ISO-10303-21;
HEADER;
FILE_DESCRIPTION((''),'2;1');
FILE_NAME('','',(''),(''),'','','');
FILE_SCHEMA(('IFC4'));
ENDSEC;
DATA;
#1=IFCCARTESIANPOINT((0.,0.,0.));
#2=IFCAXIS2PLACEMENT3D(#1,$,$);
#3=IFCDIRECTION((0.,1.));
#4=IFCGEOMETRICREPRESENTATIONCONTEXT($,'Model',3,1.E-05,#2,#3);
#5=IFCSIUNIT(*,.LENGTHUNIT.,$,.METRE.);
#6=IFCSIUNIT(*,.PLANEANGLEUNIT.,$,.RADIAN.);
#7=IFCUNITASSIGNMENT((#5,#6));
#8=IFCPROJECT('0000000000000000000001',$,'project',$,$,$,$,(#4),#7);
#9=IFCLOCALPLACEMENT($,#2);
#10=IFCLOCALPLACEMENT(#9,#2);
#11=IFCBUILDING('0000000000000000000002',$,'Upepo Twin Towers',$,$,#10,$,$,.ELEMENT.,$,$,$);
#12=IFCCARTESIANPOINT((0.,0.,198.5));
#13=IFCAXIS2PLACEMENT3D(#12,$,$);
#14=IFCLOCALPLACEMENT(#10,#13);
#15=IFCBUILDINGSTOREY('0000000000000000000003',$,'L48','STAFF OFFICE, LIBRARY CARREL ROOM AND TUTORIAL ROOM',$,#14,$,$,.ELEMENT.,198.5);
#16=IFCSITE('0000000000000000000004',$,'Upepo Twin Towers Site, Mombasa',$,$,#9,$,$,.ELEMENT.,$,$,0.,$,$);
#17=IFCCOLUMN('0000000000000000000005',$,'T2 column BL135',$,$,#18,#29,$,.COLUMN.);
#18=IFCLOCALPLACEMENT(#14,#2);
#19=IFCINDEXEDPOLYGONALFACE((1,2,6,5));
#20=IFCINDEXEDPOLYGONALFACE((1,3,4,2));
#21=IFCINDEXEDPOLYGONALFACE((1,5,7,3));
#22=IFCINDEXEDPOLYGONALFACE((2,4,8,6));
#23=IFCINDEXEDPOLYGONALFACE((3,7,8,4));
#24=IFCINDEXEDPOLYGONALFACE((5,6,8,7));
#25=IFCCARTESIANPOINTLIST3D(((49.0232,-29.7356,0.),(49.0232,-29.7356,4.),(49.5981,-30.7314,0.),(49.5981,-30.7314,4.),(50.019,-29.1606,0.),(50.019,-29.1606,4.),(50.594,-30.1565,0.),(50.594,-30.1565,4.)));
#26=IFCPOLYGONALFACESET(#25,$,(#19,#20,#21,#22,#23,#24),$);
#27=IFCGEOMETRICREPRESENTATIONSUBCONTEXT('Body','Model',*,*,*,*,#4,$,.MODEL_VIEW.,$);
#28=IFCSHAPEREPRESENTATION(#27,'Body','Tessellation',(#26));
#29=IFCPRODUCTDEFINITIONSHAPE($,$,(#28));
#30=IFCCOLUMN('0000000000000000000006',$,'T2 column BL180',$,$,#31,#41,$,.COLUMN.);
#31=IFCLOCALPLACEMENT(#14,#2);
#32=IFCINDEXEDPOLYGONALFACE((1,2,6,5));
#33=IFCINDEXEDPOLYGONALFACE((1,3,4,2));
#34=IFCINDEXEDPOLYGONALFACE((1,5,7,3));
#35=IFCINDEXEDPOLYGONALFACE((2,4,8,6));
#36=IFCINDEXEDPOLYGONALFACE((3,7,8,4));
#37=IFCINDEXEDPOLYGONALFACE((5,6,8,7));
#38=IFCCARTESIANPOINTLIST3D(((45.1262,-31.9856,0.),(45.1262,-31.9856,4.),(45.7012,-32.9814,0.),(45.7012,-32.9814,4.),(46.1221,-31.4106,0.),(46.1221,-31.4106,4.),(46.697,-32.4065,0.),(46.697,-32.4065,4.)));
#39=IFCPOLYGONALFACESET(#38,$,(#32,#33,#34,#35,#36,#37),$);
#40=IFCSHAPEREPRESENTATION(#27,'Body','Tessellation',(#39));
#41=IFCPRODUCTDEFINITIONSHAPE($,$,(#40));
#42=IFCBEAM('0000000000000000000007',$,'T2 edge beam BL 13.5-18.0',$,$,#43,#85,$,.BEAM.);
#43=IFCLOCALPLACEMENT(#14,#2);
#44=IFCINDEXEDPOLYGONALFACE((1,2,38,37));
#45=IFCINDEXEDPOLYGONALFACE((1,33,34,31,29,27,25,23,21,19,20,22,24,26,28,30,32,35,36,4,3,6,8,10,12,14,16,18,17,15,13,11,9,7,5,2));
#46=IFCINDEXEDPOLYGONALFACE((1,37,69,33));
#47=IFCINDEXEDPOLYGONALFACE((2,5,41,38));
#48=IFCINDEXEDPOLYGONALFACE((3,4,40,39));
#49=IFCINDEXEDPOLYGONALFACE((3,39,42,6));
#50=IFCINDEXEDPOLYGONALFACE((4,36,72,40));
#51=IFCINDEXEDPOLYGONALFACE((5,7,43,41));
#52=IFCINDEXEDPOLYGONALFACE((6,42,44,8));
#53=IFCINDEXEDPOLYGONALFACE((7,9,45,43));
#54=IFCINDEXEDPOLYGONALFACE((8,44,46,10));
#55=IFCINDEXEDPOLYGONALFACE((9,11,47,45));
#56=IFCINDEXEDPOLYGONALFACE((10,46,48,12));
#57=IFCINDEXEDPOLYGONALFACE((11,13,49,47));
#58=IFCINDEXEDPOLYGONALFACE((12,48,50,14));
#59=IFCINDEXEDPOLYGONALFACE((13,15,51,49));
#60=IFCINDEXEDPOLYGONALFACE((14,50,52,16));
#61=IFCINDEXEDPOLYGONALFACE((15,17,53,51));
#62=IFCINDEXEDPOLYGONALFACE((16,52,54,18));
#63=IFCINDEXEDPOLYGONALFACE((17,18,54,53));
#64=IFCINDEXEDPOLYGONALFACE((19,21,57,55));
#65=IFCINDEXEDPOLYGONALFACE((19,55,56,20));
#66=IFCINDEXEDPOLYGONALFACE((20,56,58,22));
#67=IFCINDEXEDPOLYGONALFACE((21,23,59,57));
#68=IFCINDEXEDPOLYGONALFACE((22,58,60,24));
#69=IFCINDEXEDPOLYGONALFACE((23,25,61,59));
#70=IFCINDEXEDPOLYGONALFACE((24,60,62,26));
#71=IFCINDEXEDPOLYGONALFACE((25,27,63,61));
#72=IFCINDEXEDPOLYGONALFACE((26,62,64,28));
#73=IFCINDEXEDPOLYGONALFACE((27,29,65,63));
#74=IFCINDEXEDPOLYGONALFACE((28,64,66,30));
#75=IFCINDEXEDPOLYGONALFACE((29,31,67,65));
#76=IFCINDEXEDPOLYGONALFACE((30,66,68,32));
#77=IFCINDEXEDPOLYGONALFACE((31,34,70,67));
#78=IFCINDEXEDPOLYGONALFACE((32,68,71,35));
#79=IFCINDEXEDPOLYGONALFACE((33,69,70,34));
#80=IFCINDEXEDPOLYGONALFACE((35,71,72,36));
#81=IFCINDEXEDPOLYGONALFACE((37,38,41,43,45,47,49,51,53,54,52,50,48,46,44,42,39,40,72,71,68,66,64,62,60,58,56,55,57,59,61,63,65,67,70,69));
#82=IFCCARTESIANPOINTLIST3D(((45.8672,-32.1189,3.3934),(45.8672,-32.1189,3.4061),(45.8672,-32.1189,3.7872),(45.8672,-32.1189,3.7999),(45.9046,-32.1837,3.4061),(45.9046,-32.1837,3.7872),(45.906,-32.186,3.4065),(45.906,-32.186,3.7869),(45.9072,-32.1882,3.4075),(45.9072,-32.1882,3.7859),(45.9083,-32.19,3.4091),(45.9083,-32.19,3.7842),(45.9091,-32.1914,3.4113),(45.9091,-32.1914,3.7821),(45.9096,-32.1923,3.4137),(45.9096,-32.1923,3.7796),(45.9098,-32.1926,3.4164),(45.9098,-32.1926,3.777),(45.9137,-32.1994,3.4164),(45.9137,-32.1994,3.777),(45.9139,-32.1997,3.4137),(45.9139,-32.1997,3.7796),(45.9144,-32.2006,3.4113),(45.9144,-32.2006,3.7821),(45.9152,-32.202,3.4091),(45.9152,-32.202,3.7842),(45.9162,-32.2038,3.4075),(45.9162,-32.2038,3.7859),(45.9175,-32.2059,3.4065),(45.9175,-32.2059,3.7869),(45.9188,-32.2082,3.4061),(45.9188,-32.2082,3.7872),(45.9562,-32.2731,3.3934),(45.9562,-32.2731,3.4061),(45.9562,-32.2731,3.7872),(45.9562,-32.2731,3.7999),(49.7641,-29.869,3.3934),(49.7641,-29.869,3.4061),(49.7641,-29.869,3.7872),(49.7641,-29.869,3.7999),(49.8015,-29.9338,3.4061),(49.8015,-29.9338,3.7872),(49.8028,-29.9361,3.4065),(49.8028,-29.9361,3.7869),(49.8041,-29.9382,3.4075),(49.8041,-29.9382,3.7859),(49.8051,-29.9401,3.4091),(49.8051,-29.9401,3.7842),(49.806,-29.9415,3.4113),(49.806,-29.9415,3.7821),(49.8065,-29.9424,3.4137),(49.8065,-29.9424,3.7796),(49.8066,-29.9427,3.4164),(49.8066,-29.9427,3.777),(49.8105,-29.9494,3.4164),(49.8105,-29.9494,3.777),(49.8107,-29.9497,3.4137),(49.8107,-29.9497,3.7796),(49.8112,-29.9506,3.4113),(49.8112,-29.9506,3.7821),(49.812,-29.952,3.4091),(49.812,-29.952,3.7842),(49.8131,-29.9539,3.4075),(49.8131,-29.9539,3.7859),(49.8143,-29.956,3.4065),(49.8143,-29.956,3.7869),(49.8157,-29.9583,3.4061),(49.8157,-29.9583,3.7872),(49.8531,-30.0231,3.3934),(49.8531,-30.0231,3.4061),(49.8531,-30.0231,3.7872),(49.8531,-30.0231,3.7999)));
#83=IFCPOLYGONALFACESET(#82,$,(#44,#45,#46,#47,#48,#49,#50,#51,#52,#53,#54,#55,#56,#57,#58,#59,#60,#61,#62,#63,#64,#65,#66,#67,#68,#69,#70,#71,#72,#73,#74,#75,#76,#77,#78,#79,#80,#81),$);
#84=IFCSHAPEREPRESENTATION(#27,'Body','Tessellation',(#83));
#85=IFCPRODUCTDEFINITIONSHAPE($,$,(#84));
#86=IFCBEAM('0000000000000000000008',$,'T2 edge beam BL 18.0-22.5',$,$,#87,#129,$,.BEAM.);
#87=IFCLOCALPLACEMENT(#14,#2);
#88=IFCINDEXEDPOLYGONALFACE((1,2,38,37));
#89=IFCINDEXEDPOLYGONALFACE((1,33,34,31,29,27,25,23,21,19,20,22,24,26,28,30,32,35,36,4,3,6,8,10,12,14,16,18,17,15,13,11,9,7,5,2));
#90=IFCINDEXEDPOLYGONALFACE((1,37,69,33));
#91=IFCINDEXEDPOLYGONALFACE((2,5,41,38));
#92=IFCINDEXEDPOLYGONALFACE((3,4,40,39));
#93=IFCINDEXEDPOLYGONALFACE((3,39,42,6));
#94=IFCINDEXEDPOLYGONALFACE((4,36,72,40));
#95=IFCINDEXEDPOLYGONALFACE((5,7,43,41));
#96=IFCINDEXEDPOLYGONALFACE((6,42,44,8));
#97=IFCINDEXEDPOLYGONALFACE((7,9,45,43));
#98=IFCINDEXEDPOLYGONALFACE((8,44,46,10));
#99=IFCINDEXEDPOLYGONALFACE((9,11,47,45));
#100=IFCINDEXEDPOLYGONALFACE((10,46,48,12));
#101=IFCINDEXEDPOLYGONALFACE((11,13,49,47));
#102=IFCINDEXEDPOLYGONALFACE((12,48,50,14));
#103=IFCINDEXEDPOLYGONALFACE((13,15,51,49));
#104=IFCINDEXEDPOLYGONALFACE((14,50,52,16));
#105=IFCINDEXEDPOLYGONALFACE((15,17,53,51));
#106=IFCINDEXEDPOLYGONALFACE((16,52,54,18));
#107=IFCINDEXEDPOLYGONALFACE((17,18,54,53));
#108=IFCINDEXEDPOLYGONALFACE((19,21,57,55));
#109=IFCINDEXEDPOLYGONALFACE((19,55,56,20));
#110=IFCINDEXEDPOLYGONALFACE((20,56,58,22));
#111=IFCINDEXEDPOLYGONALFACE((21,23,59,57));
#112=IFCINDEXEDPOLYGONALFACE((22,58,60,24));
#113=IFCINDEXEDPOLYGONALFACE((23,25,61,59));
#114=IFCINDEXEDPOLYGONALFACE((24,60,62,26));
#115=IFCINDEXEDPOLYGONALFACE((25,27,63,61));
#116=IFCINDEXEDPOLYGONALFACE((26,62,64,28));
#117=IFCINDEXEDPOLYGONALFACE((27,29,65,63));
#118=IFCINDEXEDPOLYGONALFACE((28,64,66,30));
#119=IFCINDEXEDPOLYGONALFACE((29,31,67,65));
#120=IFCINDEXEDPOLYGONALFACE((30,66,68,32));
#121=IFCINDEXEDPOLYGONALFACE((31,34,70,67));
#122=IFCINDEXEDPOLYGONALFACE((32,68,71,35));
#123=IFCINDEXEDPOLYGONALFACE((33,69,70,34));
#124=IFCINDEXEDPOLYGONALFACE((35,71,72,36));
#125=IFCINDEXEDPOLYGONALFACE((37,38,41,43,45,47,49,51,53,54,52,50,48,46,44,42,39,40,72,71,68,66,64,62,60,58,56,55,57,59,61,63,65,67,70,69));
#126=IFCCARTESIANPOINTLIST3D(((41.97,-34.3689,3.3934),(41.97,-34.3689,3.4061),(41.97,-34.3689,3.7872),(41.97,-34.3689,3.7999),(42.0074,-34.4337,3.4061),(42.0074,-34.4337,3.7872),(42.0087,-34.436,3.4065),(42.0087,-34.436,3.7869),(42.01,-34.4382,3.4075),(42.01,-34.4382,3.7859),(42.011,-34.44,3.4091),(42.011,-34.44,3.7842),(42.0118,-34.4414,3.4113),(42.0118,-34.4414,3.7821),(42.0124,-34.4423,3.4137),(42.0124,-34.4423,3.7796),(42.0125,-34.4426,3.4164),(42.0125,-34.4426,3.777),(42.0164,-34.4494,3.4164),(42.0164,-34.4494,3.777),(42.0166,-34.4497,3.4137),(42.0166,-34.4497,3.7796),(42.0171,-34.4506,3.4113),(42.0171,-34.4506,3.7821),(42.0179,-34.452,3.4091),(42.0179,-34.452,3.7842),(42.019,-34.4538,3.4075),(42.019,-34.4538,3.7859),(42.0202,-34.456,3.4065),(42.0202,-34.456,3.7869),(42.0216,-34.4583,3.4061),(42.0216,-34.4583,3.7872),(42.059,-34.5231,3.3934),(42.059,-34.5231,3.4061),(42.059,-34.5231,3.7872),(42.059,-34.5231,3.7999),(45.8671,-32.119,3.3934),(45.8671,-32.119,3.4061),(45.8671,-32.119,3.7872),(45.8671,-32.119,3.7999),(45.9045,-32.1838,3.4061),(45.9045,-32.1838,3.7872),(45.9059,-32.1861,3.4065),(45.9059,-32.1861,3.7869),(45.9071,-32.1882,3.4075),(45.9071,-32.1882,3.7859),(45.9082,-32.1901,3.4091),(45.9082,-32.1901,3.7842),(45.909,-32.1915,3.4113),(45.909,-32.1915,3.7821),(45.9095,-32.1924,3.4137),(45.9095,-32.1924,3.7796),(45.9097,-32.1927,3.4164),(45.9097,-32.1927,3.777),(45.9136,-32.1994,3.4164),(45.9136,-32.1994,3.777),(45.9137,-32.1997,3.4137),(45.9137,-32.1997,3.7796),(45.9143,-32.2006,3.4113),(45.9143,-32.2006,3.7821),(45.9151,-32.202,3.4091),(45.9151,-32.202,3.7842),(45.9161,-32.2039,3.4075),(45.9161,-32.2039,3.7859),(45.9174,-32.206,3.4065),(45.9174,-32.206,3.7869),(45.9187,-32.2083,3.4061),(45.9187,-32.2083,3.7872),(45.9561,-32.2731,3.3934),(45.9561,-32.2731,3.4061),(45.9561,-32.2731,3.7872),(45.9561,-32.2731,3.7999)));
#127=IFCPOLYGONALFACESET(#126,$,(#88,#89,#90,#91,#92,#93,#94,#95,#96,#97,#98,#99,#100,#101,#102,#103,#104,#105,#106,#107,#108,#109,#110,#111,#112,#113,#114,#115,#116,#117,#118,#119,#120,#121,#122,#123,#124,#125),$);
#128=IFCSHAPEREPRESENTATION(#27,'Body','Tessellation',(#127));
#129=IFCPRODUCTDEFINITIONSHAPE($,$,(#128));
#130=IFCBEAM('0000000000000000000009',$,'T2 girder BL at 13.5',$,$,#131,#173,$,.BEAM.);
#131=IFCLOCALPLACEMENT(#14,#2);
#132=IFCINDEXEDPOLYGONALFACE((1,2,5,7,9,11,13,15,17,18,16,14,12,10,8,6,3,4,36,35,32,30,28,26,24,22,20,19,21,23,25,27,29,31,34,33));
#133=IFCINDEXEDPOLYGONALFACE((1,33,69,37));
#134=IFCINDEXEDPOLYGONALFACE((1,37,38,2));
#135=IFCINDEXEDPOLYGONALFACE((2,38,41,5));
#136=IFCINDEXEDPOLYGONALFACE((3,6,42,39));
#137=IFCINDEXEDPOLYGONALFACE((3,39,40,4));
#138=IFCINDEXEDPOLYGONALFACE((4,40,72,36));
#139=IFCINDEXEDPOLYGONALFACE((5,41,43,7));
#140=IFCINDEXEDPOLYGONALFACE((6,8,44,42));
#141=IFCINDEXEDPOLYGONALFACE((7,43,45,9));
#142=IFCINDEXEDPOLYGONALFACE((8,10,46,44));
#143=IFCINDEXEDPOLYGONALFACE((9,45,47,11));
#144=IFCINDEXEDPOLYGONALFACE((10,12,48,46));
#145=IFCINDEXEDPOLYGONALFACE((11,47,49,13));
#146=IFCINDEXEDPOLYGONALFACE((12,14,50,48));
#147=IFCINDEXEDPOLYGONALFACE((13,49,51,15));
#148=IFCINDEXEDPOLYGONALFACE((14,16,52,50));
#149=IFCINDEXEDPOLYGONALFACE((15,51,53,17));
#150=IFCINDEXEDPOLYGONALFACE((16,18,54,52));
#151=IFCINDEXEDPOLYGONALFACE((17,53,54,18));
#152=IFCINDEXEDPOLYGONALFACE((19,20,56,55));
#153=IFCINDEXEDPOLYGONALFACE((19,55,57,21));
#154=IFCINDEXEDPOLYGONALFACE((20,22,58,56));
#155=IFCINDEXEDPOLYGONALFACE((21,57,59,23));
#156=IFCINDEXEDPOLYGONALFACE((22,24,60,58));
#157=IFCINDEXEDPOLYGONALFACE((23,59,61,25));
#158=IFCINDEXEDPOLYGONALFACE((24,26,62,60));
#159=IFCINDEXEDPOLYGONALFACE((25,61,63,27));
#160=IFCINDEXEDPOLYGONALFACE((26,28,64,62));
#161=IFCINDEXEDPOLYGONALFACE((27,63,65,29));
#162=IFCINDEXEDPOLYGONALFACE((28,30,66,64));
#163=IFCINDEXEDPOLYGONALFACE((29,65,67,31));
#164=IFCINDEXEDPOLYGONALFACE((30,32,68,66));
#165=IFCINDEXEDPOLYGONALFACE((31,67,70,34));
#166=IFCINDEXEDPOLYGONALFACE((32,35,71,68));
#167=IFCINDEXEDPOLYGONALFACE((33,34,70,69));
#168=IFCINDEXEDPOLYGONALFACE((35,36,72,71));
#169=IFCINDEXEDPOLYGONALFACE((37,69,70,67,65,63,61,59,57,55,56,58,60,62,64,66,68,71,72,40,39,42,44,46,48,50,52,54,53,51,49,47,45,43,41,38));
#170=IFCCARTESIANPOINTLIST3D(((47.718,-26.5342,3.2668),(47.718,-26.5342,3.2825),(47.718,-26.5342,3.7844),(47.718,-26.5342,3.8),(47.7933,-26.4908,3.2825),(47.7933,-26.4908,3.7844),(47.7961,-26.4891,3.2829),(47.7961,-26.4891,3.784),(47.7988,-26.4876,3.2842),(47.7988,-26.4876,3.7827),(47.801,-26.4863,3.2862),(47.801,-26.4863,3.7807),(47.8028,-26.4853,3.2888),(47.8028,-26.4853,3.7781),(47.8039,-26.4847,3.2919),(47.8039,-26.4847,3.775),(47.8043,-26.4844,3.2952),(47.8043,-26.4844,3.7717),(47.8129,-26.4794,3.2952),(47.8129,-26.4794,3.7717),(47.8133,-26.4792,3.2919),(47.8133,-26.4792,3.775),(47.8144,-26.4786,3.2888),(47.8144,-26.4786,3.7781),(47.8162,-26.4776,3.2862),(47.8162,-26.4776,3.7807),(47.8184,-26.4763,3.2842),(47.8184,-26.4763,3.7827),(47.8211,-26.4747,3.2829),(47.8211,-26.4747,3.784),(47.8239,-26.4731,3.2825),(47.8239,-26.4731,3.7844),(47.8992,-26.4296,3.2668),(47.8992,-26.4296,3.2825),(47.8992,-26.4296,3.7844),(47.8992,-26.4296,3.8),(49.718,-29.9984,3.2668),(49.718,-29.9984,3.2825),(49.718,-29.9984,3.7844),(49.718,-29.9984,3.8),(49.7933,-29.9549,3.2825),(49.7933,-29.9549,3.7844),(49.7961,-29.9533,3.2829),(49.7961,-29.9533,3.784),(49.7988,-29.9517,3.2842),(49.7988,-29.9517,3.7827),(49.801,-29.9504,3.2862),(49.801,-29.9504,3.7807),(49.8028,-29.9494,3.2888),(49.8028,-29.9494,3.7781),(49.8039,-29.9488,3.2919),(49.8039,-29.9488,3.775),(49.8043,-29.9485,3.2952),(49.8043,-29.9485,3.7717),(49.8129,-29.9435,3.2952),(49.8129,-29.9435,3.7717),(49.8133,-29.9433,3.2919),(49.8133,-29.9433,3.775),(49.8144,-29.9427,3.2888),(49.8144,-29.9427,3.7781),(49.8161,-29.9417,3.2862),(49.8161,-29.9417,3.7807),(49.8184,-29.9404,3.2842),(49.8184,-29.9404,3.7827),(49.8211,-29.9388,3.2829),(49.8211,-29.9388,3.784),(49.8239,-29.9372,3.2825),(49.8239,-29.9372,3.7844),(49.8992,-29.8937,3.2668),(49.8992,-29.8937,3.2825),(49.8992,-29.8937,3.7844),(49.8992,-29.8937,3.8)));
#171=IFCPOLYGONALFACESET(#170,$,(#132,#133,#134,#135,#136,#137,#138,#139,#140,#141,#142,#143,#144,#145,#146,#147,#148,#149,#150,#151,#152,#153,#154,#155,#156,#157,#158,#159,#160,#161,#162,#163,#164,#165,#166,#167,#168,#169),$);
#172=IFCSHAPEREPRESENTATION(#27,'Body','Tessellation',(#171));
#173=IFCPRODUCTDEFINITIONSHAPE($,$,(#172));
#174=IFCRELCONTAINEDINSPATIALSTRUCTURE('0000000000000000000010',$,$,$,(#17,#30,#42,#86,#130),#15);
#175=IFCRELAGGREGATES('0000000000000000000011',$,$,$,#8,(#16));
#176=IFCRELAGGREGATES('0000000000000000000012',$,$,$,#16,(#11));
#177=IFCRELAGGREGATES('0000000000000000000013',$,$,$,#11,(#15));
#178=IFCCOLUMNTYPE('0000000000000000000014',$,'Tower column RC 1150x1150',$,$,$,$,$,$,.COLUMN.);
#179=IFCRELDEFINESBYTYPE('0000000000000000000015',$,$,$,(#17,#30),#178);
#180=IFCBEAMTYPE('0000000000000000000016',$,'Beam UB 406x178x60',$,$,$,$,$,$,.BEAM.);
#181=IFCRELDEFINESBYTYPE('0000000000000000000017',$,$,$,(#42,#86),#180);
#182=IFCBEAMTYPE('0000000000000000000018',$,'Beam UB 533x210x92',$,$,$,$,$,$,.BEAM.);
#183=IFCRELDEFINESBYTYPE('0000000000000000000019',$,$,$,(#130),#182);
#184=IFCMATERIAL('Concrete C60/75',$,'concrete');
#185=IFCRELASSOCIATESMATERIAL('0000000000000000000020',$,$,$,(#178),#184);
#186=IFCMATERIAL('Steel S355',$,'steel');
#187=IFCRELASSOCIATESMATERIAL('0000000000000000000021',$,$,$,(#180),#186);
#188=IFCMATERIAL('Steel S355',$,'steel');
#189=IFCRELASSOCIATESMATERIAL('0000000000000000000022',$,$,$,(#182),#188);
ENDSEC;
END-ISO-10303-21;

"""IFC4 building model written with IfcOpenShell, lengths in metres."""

from ifc_helpers import new_model, si_unit, direction, frame, origin, origin_2d, place, context, subcontext, project, spatial, rectangle, i_section, extrude, material, material_profile, profile_set, type_object, element, save


model = new_model("IFC4")

# Units and contexts
model_context = context("Model", 3, precision=1e-05, world=origin(), true_north=direction((0.0, 1.0)))
body_context = subcontext(model_context, "Body", "Model", "MODEL_VIEW")
ifc_project = project(units=[si_unit("LENGTHUNIT", "METRE"), si_unit("PLANEANGLEUNIT", "RADIAN")], contexts=[model_context])

# Site, building, storey
site_placement = place(None, origin())
site = spatial("IfcSite", under=ifc_project, at=site_placement, Name="Upepo Twin Towers Site, Mombasa", CompositionType="ELEMENT", RefElevation=0.0)
building_placement = place(site_placement, origin())
building = spatial("IfcBuilding", under=site, at=building_placement, Name="Upepo Twin Towers", CompositionType="ELEMENT")
storey_placement = place(building_placement, frame((0.0, 0.0, 198.5)))
storey = spatial("IfcBuildingStorey", under=building, at=storey_placement, Name="L48", Description="STAFF OFFICE, LIBRARY CARREL ROOM AND TUTORIAL ROOM", CompositionType="ELEMENT", Elevation=198.5)

# Columns
ifc_material_1 = material(Name="Concrete C60/75", Category="concrete")
ifc_material_profile_1 = material_profile(ifc_material_1, rectangle(XDim=1.1499, YDim=1.1499, at=origin_2d()), Name="RC 1150x1150")
ifc_profile_set_1 = profile_set([ifc_material_profile_1], Name="Concrete C60/75")
column_type = type_object("IfcColumnType", Name="Tower column RC 1150x1150", PredefinedType="COLUMN", material=ifc_profile_set_1)
for number, where, z_axis, x_axis, name in (
    (1, (49.8086, -29.946, 0.0), (0.0, 0.0, 1.0), (0.866025, 0.5, 0.0), "T2 column BL135"),
    (2, (45.9116, -32.196, 0.0), (0.0, 0.0, 1.0), (0.866025, 0.5, 0.0), "T2 column BL180"),
):
    element("IfcColumn", number, at=place(storey_placement, frame(where, z_axis=z_axis, x_axis=x_axis)), inside=storey, type_object=column_type, Name=name, PredefinedType="COLUMN", context=body_context, shape_type="SweptSolid", body=[
        extrude(rectangle(XDim=1.1499, YDim=1.1499, at=origin_2d()), origin(), (0.0, 0.0, 1.0), 4.0),
    ])

# Beams
ifc_material_2 = material(Name="Steel S355", Category="steel")
ifc_material_profile_2 = material_profile(ifc_material_2, i_section(OverallWidth=0.178, OverallDepth=0.4065, WebThickness=0.0078, FlangeThickness=0.0127, FilletRadius=0.0103, at=origin_2d()), Name="UB 406x178x60")
ifc_profile_set_2 = profile_set([ifc_material_profile_2], Name="Steel S355")
beam_type_1 = type_object("IfcBeamType", Name="Beam UB 406x178x60", PredefinedType="BEAM", material=ifc_profile_set_2)
beam_1_placement = place(storey_placement, frame((49.8086, -29.946, 3.5967), z_axis=(-0.866018, -0.500014, 0.0), x_axis=(0.500014, -0.866018, 0.0)))
element("IfcBeam", 3, at=beam_1_placement, inside=storey, type_object=beam_type_1, Name="T2 edge beam BL 13.5-18.0", PredefinedType="BEAM", context=body_context, shape_type="SweptSolid", body=[
    extrude(i_section(OverallWidth=0.178, OverallDepth=0.4065, WebThickness=0.0078, FlangeThickness=0.0127, FilletRadius=0.0103, at=origin_2d()), origin(), (0.0, 0.0, 1.0), 4.4998),
])
beam_2_placement = place(storey_placement, frame((45.9116, -32.196, 3.5967), z_axis=(-0.866031, -0.49999, 0.0), x_axis=(0.49999, -0.866031, 0.0)))
element("IfcBeam", 4, at=beam_2_placement, inside=storey, type_object=beam_type_1, Name="T2 edge beam BL 18.0-22.5", PredefinedType="BEAM", context=body_context, shape_type="SweptSolid", body=[
    extrude(i_section(OverallWidth=0.178, OverallDepth=0.4065, WebThickness=0.0078, FlangeThickness=0.0127, FilletRadius=0.0103, at=origin_2d()), origin(), (0.0, 0.0, 1.0), 4.5),
])
ifc_material_3 = material(Name="Steel S355", Category="steel")
ifc_material_profile_3 = material_profile(ifc_material_3, i_section(OverallWidth=0.2092, OverallDepth=0.5332, WebThickness=0.01, FlangeThickness=0.0156, FilletRadius=0.0127, at=origin_2d()), Name="UB 533x210x92")
ifc_profile_set_3 = profile_set([ifc_material_profile_3], Name="Steel S355")
beam_type_2 = type_object("IfcBeamType", Name="Beam UB 533x210x92", PredefinedType="BEAM", material=ifc_profile_set_3)
for number, where, z_axis, x_axis, name in (
    (5, (49.8086, -29.946, 3.5334), (-0.499999, 0.866026, 0.0), (-0.866026, -0.499999, 0.0), "T2 girder BL at 13.5"),
):
    element("IfcBeam", number, at=place(storey_placement, frame(where, z_axis=z_axis, x_axis=x_axis)), inside=storey, type_object=beam_type_2, Name=name, PredefinedType="BEAM", context=body_context, shape_type="SweptSolid", body=[
        extrude(i_section(OverallWidth=0.2092, OverallDepth=0.5332, WebThickness=0.01, FlangeThickness=0.0156, FilletRadius=0.0127, at=origin_2d()), origin(), (0.0, 0.0, 1.0), 4.0),
    ])

save(model, "model.ifc")
